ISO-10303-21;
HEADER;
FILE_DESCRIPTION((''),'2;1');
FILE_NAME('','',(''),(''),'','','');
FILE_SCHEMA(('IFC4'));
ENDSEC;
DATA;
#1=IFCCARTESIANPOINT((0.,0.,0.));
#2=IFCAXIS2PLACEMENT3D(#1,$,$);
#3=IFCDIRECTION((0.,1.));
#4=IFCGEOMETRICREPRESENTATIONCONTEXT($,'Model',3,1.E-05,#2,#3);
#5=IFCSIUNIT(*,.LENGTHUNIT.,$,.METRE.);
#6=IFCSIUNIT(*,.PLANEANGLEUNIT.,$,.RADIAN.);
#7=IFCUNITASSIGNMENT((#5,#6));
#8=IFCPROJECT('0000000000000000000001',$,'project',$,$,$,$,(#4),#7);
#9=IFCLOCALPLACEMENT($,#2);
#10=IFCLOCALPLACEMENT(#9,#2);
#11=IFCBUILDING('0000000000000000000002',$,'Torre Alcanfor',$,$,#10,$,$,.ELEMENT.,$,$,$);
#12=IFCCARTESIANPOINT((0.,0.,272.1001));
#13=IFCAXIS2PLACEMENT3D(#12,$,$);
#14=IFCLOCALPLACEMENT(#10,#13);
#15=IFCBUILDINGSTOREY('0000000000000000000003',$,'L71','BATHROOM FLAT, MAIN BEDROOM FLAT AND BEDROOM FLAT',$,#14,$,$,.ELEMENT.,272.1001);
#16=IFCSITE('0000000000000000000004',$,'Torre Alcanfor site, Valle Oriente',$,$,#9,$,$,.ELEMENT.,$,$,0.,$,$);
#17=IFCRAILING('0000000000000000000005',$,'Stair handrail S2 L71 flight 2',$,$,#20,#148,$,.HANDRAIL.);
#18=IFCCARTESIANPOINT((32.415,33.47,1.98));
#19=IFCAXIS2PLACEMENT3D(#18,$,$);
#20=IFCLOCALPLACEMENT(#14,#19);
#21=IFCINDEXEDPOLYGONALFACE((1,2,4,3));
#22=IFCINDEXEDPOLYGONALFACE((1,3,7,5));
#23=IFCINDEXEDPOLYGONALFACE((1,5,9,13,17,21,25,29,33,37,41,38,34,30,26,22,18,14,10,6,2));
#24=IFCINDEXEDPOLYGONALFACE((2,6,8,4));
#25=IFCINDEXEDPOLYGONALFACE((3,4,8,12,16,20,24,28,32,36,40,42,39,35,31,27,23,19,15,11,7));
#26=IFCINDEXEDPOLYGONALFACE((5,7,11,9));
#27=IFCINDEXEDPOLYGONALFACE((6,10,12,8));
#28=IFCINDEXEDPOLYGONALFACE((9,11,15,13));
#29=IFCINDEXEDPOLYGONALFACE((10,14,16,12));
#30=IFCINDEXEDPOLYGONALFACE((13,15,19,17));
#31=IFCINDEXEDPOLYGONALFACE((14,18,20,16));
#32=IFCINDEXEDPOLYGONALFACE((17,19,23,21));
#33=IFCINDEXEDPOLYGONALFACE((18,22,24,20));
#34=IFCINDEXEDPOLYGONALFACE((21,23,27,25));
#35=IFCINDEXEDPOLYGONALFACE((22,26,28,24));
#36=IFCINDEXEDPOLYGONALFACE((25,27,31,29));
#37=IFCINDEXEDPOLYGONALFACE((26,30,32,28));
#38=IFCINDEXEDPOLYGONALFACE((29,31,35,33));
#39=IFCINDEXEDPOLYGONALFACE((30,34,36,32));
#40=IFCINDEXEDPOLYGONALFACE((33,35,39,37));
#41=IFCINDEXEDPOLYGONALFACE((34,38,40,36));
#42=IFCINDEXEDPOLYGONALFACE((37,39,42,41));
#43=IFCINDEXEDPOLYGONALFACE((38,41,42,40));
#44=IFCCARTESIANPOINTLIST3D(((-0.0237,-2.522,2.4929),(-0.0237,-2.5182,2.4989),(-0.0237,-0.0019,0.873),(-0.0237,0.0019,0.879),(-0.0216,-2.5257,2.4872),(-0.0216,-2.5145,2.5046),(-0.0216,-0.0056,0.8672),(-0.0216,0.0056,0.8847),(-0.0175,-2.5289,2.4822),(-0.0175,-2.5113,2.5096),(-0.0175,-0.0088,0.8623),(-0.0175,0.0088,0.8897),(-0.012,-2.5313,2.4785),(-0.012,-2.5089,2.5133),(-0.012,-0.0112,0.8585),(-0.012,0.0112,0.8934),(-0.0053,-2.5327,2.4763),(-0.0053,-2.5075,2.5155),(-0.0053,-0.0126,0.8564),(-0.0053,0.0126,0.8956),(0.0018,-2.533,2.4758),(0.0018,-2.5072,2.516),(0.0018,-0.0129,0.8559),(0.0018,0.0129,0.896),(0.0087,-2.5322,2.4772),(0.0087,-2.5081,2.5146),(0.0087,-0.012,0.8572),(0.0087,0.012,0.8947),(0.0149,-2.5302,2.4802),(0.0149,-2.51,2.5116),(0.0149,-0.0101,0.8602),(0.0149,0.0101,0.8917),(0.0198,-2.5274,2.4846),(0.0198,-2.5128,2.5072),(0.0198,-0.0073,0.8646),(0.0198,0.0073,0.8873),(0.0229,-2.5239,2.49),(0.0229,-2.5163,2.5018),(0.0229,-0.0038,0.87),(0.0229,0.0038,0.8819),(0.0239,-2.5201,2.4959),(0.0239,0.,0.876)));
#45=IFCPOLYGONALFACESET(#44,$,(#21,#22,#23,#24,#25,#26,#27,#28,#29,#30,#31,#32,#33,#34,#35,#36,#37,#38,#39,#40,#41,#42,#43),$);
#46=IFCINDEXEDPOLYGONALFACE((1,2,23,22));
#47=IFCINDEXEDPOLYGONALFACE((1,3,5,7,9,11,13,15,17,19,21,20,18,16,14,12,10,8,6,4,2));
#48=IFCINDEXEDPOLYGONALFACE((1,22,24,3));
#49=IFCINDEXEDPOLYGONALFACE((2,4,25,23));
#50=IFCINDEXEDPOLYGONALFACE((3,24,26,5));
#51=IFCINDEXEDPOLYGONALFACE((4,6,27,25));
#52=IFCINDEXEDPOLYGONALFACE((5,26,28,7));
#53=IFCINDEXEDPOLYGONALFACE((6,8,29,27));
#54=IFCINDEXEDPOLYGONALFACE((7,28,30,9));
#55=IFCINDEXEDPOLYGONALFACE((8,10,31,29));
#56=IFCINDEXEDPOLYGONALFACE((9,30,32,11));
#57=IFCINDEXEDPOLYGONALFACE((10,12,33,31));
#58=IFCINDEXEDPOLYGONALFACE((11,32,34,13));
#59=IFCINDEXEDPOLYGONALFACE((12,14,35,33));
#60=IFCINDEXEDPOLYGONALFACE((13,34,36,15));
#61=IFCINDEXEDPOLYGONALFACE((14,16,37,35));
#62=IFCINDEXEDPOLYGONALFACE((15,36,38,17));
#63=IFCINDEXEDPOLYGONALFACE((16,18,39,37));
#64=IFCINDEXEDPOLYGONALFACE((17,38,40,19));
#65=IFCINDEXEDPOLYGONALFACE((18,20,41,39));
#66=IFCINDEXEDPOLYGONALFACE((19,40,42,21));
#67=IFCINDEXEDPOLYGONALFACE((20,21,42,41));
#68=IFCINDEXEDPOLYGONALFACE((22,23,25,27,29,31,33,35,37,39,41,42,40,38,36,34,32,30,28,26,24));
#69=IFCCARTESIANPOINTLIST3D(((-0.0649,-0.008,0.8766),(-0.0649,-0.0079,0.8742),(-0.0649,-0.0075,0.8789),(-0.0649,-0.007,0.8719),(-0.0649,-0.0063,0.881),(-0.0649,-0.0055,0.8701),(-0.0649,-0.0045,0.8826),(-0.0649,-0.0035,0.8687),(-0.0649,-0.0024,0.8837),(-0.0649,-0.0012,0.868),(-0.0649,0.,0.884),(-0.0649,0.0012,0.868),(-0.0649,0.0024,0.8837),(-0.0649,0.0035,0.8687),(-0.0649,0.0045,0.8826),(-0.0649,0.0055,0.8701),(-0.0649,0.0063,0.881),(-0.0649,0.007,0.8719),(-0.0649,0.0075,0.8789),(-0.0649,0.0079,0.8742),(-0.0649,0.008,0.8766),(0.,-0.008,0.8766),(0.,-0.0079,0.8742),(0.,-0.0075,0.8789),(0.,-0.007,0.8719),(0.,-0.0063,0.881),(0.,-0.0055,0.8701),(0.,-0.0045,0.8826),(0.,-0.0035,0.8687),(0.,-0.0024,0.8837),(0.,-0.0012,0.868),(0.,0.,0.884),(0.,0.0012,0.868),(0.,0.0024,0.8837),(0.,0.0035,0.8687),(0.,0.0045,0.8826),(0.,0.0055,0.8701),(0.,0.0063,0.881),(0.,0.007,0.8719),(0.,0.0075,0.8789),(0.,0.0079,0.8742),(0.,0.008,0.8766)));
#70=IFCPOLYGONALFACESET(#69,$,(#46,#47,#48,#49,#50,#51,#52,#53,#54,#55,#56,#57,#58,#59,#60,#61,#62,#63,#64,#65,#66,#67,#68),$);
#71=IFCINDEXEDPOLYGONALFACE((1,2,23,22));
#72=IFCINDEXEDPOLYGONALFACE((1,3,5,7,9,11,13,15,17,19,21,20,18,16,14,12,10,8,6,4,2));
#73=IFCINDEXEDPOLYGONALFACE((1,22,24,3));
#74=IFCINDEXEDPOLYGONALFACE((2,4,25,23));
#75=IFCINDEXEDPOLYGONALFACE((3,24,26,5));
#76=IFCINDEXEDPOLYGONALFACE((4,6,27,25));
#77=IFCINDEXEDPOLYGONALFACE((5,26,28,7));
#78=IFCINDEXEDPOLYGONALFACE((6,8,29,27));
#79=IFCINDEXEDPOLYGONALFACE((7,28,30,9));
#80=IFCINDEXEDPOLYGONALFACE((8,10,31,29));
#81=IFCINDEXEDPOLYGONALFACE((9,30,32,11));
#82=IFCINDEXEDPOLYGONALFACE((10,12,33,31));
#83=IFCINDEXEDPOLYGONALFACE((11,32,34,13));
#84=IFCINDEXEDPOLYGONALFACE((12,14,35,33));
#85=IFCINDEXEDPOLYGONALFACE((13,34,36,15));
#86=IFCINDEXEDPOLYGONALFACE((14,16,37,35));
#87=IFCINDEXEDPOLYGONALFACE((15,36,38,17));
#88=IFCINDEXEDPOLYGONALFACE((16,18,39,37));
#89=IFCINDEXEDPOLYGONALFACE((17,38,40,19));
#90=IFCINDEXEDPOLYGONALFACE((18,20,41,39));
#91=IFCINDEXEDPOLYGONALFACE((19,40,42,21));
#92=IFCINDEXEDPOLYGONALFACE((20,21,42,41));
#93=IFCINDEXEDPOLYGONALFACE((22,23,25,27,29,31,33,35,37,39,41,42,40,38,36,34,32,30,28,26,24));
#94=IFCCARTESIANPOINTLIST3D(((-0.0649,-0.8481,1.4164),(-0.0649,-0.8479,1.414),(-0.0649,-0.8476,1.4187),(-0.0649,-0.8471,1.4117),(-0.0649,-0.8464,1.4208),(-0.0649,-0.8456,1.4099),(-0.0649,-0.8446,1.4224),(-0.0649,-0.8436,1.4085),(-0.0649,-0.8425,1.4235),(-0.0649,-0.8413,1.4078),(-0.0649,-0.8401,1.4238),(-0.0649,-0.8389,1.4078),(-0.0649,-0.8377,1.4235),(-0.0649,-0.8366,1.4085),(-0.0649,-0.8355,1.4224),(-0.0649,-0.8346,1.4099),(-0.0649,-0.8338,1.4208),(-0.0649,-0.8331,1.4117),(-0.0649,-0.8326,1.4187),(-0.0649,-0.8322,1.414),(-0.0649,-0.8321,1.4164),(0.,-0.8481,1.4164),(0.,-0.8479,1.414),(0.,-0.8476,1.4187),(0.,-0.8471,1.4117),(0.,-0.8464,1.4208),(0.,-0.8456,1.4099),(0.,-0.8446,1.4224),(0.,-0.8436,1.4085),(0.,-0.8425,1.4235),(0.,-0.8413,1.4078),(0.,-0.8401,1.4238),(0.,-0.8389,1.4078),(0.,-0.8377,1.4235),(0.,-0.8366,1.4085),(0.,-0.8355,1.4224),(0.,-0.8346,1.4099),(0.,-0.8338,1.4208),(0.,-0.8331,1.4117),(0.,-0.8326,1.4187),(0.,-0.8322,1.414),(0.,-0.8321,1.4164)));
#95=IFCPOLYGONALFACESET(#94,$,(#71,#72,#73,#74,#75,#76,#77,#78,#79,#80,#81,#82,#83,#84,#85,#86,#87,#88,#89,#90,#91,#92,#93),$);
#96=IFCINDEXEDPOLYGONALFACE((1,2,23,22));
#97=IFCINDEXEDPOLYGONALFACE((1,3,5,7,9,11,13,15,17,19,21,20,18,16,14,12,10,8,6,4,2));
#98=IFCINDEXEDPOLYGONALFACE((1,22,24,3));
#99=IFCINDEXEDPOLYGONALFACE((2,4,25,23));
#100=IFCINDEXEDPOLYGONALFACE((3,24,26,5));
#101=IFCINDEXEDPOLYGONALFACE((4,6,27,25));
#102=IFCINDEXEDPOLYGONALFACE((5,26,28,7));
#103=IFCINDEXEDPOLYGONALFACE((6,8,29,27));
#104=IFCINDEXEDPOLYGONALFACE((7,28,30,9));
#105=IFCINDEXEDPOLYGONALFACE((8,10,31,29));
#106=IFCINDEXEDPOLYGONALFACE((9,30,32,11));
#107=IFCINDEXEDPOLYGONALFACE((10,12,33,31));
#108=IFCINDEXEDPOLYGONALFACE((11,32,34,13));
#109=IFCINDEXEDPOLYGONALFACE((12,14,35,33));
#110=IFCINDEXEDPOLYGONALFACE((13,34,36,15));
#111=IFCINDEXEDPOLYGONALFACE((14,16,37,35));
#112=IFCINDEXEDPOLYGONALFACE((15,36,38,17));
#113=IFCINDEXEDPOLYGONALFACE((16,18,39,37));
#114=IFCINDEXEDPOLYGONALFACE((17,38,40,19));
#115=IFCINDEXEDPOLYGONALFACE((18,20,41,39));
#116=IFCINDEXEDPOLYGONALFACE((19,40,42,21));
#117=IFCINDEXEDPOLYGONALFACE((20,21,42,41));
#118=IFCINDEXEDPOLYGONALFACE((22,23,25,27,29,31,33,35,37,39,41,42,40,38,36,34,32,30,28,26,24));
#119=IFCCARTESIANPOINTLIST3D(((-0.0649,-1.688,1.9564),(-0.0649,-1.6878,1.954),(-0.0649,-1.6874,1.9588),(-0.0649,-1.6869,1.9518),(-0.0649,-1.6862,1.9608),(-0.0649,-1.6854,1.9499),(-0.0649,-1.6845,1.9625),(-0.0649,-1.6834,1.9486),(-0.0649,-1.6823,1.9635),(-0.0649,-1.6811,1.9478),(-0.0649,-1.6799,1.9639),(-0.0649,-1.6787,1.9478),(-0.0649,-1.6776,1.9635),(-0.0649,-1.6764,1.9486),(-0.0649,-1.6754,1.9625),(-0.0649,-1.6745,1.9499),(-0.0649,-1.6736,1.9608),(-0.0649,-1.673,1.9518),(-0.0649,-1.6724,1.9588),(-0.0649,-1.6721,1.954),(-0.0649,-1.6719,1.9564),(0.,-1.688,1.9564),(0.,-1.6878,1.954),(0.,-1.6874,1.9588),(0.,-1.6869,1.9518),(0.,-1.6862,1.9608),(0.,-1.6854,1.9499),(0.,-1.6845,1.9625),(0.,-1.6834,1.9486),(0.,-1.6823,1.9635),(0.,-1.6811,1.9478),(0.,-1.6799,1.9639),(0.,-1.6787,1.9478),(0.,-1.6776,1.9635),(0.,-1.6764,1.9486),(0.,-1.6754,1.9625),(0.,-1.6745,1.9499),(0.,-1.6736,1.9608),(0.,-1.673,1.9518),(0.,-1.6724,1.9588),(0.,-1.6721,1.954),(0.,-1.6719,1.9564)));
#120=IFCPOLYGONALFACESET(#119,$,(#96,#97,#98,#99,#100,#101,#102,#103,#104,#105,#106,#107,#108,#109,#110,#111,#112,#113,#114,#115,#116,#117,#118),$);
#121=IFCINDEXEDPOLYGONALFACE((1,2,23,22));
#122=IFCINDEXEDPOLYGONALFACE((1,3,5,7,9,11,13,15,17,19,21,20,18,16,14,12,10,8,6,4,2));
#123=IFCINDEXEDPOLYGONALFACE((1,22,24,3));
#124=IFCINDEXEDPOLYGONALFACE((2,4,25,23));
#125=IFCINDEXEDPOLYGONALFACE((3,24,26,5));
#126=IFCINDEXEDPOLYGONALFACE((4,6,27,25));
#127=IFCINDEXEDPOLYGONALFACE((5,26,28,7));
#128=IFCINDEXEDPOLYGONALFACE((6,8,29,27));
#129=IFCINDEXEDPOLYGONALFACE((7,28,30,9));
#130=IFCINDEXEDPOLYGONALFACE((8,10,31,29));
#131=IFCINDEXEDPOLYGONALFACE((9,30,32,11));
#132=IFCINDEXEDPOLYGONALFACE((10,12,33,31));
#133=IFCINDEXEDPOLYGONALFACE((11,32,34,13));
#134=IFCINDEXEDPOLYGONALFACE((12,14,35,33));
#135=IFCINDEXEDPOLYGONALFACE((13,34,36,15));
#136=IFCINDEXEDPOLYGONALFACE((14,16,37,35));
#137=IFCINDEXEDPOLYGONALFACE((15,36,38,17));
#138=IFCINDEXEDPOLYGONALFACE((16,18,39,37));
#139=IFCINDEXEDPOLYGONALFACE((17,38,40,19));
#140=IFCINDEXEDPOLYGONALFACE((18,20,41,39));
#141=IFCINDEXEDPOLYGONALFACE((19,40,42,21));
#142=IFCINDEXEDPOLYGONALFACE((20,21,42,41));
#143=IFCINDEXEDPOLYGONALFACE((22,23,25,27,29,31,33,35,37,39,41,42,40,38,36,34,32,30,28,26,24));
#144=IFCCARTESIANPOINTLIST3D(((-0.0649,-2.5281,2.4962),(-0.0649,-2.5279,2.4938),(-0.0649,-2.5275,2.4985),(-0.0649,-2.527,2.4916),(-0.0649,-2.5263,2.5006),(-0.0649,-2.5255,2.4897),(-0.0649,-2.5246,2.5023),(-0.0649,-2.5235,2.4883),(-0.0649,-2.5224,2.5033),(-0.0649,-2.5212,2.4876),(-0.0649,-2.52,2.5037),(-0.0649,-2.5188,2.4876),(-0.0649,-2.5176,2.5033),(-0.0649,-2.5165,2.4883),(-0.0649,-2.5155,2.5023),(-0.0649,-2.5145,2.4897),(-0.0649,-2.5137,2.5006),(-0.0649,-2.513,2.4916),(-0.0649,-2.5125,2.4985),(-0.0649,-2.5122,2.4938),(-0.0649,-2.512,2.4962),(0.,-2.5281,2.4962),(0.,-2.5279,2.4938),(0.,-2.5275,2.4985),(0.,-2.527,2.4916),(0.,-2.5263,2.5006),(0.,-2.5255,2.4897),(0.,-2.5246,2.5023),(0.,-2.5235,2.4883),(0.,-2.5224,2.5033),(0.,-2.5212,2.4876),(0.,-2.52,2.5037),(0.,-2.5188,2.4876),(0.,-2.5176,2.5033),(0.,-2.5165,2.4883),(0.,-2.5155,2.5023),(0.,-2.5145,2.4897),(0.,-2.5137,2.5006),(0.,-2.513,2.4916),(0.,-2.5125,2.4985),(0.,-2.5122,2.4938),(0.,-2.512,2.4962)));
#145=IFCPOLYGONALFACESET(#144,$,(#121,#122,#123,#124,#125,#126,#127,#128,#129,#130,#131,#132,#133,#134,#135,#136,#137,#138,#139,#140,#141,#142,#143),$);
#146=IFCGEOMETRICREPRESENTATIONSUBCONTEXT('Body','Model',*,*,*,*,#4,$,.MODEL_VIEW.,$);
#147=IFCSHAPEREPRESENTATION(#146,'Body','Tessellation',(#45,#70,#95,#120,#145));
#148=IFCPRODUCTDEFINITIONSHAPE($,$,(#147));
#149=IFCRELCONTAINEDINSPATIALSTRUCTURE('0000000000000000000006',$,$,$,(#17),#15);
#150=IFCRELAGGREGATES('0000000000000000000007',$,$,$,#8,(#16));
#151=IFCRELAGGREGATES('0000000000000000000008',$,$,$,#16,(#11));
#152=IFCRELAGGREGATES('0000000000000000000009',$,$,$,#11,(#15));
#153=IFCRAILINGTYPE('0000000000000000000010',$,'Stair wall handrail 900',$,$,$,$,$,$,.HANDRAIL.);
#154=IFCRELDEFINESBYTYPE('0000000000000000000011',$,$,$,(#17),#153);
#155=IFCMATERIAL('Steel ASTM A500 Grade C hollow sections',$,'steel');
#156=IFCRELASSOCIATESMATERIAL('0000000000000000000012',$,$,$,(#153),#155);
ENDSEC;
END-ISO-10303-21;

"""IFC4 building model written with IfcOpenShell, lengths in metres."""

from ifc_helpers import new_model, si_unit, direction, frame, origin, origin_2d, place, context, subcontext, project, spatial, circle, extrude, material, type_object, element, save


model = new_model("IFC4")

# Units and contexts
model_context = context("Model", 3, precision=1e-05, world=origin(), true_north=direction((0.0, 1.0)))
body_context = subcontext(model_context, "Body", "Model", "MODEL_VIEW")
ifc_project = project(units=[si_unit("LENGTHUNIT", "METRE"), si_unit("PLANEANGLEUNIT", "RADIAN")], contexts=[model_context])

# Site, building, storey
site_placement = place(None, origin())
site = spatial("IfcSite", under=ifc_project, at=site_placement, Name="Torre Alcanfor site, Valle Oriente", CompositionType="ELEMENT", RefElevation=0.0)
building_placement = place(site_placement, origin())
building = spatial("IfcBuilding", under=site, at=building_placement, Name="Torre Alcanfor", CompositionType="ELEMENT")
storey_placement = place(building_placement, frame((0.0, 0.0, 272.1001)))
storey = spatial("IfcBuildingStorey", under=building, at=storey_placement, Name="L71", Description="BATHROOM FLAT, MAIN BEDROOM FLAT AND BEDROOM FLAT", CompositionType="ELEMENT", Elevation=272.1001)

# Railing
ifc_material_1 = material(Name="Steel ASTM A500 Grade C hollow sections", Category="steel")
railing_type_1 = type_object("IfcRailingType", Name="Stair wall handrail 900", PredefinedType="HANDRAIL", material=ifc_material_1)
railing_1_placement = place(storey_placement, frame((32.415, 33.47, 1.98)))
element("IfcRailing", 1, at=railing_1_placement, inside=storey, type_object=railing_type_1, Name="Stair handrail S2 L71 flight 2", PredefinedType="HANDRAIL", context=body_context, shape_type="SweptSolid", body=[
    extrude(circle(Radius=0.0239, at=origin_2d()), frame((0.0, 0.0, 0.876), z_axis=(0.0, -0.8412, 0.540725), x_axis=(1.0, 0.0, 0.0)), (0.0, 0.0, 1.0), 2.9958),
    extrude(circle(Radius=0.0081, at=origin_2d()), frame((0.0, 0.0, 0.876), z_axis=(-1.0, 0.0, 0.0), x_axis=(0.0, 0.0, 1.0)), (0.0, 0.0, 1.0), 0.0649),
    extrude(circle(Radius=0.0081, at=origin_2d()), frame((0.0, -0.8401, 1.4158), z_axis=(-1.0, 0.0, 0.0), x_axis=(0.0, 0.0, 1.0)), (0.0, 0.0, 1.0), 0.0649),
    extrude(circle(Radius=0.0081, at=origin_2d()), frame((0.0, -1.6799, 1.9558), z_axis=(-1.0, 0.0, 0.0), x_axis=(0.0, 0.0, 1.0)), (0.0, 0.0, 1.0), 0.0649),
    extrude(circle(Radius=0.0081, at=origin_2d()), frame((0.0, -2.52, 2.4956), z_axis=(-1.0, 0.0, 0.0), x_axis=(0.0, 0.0, 1.0)), (0.0, 0.0, 1.0), 0.0649),
])

save(model, "model.ifc")
